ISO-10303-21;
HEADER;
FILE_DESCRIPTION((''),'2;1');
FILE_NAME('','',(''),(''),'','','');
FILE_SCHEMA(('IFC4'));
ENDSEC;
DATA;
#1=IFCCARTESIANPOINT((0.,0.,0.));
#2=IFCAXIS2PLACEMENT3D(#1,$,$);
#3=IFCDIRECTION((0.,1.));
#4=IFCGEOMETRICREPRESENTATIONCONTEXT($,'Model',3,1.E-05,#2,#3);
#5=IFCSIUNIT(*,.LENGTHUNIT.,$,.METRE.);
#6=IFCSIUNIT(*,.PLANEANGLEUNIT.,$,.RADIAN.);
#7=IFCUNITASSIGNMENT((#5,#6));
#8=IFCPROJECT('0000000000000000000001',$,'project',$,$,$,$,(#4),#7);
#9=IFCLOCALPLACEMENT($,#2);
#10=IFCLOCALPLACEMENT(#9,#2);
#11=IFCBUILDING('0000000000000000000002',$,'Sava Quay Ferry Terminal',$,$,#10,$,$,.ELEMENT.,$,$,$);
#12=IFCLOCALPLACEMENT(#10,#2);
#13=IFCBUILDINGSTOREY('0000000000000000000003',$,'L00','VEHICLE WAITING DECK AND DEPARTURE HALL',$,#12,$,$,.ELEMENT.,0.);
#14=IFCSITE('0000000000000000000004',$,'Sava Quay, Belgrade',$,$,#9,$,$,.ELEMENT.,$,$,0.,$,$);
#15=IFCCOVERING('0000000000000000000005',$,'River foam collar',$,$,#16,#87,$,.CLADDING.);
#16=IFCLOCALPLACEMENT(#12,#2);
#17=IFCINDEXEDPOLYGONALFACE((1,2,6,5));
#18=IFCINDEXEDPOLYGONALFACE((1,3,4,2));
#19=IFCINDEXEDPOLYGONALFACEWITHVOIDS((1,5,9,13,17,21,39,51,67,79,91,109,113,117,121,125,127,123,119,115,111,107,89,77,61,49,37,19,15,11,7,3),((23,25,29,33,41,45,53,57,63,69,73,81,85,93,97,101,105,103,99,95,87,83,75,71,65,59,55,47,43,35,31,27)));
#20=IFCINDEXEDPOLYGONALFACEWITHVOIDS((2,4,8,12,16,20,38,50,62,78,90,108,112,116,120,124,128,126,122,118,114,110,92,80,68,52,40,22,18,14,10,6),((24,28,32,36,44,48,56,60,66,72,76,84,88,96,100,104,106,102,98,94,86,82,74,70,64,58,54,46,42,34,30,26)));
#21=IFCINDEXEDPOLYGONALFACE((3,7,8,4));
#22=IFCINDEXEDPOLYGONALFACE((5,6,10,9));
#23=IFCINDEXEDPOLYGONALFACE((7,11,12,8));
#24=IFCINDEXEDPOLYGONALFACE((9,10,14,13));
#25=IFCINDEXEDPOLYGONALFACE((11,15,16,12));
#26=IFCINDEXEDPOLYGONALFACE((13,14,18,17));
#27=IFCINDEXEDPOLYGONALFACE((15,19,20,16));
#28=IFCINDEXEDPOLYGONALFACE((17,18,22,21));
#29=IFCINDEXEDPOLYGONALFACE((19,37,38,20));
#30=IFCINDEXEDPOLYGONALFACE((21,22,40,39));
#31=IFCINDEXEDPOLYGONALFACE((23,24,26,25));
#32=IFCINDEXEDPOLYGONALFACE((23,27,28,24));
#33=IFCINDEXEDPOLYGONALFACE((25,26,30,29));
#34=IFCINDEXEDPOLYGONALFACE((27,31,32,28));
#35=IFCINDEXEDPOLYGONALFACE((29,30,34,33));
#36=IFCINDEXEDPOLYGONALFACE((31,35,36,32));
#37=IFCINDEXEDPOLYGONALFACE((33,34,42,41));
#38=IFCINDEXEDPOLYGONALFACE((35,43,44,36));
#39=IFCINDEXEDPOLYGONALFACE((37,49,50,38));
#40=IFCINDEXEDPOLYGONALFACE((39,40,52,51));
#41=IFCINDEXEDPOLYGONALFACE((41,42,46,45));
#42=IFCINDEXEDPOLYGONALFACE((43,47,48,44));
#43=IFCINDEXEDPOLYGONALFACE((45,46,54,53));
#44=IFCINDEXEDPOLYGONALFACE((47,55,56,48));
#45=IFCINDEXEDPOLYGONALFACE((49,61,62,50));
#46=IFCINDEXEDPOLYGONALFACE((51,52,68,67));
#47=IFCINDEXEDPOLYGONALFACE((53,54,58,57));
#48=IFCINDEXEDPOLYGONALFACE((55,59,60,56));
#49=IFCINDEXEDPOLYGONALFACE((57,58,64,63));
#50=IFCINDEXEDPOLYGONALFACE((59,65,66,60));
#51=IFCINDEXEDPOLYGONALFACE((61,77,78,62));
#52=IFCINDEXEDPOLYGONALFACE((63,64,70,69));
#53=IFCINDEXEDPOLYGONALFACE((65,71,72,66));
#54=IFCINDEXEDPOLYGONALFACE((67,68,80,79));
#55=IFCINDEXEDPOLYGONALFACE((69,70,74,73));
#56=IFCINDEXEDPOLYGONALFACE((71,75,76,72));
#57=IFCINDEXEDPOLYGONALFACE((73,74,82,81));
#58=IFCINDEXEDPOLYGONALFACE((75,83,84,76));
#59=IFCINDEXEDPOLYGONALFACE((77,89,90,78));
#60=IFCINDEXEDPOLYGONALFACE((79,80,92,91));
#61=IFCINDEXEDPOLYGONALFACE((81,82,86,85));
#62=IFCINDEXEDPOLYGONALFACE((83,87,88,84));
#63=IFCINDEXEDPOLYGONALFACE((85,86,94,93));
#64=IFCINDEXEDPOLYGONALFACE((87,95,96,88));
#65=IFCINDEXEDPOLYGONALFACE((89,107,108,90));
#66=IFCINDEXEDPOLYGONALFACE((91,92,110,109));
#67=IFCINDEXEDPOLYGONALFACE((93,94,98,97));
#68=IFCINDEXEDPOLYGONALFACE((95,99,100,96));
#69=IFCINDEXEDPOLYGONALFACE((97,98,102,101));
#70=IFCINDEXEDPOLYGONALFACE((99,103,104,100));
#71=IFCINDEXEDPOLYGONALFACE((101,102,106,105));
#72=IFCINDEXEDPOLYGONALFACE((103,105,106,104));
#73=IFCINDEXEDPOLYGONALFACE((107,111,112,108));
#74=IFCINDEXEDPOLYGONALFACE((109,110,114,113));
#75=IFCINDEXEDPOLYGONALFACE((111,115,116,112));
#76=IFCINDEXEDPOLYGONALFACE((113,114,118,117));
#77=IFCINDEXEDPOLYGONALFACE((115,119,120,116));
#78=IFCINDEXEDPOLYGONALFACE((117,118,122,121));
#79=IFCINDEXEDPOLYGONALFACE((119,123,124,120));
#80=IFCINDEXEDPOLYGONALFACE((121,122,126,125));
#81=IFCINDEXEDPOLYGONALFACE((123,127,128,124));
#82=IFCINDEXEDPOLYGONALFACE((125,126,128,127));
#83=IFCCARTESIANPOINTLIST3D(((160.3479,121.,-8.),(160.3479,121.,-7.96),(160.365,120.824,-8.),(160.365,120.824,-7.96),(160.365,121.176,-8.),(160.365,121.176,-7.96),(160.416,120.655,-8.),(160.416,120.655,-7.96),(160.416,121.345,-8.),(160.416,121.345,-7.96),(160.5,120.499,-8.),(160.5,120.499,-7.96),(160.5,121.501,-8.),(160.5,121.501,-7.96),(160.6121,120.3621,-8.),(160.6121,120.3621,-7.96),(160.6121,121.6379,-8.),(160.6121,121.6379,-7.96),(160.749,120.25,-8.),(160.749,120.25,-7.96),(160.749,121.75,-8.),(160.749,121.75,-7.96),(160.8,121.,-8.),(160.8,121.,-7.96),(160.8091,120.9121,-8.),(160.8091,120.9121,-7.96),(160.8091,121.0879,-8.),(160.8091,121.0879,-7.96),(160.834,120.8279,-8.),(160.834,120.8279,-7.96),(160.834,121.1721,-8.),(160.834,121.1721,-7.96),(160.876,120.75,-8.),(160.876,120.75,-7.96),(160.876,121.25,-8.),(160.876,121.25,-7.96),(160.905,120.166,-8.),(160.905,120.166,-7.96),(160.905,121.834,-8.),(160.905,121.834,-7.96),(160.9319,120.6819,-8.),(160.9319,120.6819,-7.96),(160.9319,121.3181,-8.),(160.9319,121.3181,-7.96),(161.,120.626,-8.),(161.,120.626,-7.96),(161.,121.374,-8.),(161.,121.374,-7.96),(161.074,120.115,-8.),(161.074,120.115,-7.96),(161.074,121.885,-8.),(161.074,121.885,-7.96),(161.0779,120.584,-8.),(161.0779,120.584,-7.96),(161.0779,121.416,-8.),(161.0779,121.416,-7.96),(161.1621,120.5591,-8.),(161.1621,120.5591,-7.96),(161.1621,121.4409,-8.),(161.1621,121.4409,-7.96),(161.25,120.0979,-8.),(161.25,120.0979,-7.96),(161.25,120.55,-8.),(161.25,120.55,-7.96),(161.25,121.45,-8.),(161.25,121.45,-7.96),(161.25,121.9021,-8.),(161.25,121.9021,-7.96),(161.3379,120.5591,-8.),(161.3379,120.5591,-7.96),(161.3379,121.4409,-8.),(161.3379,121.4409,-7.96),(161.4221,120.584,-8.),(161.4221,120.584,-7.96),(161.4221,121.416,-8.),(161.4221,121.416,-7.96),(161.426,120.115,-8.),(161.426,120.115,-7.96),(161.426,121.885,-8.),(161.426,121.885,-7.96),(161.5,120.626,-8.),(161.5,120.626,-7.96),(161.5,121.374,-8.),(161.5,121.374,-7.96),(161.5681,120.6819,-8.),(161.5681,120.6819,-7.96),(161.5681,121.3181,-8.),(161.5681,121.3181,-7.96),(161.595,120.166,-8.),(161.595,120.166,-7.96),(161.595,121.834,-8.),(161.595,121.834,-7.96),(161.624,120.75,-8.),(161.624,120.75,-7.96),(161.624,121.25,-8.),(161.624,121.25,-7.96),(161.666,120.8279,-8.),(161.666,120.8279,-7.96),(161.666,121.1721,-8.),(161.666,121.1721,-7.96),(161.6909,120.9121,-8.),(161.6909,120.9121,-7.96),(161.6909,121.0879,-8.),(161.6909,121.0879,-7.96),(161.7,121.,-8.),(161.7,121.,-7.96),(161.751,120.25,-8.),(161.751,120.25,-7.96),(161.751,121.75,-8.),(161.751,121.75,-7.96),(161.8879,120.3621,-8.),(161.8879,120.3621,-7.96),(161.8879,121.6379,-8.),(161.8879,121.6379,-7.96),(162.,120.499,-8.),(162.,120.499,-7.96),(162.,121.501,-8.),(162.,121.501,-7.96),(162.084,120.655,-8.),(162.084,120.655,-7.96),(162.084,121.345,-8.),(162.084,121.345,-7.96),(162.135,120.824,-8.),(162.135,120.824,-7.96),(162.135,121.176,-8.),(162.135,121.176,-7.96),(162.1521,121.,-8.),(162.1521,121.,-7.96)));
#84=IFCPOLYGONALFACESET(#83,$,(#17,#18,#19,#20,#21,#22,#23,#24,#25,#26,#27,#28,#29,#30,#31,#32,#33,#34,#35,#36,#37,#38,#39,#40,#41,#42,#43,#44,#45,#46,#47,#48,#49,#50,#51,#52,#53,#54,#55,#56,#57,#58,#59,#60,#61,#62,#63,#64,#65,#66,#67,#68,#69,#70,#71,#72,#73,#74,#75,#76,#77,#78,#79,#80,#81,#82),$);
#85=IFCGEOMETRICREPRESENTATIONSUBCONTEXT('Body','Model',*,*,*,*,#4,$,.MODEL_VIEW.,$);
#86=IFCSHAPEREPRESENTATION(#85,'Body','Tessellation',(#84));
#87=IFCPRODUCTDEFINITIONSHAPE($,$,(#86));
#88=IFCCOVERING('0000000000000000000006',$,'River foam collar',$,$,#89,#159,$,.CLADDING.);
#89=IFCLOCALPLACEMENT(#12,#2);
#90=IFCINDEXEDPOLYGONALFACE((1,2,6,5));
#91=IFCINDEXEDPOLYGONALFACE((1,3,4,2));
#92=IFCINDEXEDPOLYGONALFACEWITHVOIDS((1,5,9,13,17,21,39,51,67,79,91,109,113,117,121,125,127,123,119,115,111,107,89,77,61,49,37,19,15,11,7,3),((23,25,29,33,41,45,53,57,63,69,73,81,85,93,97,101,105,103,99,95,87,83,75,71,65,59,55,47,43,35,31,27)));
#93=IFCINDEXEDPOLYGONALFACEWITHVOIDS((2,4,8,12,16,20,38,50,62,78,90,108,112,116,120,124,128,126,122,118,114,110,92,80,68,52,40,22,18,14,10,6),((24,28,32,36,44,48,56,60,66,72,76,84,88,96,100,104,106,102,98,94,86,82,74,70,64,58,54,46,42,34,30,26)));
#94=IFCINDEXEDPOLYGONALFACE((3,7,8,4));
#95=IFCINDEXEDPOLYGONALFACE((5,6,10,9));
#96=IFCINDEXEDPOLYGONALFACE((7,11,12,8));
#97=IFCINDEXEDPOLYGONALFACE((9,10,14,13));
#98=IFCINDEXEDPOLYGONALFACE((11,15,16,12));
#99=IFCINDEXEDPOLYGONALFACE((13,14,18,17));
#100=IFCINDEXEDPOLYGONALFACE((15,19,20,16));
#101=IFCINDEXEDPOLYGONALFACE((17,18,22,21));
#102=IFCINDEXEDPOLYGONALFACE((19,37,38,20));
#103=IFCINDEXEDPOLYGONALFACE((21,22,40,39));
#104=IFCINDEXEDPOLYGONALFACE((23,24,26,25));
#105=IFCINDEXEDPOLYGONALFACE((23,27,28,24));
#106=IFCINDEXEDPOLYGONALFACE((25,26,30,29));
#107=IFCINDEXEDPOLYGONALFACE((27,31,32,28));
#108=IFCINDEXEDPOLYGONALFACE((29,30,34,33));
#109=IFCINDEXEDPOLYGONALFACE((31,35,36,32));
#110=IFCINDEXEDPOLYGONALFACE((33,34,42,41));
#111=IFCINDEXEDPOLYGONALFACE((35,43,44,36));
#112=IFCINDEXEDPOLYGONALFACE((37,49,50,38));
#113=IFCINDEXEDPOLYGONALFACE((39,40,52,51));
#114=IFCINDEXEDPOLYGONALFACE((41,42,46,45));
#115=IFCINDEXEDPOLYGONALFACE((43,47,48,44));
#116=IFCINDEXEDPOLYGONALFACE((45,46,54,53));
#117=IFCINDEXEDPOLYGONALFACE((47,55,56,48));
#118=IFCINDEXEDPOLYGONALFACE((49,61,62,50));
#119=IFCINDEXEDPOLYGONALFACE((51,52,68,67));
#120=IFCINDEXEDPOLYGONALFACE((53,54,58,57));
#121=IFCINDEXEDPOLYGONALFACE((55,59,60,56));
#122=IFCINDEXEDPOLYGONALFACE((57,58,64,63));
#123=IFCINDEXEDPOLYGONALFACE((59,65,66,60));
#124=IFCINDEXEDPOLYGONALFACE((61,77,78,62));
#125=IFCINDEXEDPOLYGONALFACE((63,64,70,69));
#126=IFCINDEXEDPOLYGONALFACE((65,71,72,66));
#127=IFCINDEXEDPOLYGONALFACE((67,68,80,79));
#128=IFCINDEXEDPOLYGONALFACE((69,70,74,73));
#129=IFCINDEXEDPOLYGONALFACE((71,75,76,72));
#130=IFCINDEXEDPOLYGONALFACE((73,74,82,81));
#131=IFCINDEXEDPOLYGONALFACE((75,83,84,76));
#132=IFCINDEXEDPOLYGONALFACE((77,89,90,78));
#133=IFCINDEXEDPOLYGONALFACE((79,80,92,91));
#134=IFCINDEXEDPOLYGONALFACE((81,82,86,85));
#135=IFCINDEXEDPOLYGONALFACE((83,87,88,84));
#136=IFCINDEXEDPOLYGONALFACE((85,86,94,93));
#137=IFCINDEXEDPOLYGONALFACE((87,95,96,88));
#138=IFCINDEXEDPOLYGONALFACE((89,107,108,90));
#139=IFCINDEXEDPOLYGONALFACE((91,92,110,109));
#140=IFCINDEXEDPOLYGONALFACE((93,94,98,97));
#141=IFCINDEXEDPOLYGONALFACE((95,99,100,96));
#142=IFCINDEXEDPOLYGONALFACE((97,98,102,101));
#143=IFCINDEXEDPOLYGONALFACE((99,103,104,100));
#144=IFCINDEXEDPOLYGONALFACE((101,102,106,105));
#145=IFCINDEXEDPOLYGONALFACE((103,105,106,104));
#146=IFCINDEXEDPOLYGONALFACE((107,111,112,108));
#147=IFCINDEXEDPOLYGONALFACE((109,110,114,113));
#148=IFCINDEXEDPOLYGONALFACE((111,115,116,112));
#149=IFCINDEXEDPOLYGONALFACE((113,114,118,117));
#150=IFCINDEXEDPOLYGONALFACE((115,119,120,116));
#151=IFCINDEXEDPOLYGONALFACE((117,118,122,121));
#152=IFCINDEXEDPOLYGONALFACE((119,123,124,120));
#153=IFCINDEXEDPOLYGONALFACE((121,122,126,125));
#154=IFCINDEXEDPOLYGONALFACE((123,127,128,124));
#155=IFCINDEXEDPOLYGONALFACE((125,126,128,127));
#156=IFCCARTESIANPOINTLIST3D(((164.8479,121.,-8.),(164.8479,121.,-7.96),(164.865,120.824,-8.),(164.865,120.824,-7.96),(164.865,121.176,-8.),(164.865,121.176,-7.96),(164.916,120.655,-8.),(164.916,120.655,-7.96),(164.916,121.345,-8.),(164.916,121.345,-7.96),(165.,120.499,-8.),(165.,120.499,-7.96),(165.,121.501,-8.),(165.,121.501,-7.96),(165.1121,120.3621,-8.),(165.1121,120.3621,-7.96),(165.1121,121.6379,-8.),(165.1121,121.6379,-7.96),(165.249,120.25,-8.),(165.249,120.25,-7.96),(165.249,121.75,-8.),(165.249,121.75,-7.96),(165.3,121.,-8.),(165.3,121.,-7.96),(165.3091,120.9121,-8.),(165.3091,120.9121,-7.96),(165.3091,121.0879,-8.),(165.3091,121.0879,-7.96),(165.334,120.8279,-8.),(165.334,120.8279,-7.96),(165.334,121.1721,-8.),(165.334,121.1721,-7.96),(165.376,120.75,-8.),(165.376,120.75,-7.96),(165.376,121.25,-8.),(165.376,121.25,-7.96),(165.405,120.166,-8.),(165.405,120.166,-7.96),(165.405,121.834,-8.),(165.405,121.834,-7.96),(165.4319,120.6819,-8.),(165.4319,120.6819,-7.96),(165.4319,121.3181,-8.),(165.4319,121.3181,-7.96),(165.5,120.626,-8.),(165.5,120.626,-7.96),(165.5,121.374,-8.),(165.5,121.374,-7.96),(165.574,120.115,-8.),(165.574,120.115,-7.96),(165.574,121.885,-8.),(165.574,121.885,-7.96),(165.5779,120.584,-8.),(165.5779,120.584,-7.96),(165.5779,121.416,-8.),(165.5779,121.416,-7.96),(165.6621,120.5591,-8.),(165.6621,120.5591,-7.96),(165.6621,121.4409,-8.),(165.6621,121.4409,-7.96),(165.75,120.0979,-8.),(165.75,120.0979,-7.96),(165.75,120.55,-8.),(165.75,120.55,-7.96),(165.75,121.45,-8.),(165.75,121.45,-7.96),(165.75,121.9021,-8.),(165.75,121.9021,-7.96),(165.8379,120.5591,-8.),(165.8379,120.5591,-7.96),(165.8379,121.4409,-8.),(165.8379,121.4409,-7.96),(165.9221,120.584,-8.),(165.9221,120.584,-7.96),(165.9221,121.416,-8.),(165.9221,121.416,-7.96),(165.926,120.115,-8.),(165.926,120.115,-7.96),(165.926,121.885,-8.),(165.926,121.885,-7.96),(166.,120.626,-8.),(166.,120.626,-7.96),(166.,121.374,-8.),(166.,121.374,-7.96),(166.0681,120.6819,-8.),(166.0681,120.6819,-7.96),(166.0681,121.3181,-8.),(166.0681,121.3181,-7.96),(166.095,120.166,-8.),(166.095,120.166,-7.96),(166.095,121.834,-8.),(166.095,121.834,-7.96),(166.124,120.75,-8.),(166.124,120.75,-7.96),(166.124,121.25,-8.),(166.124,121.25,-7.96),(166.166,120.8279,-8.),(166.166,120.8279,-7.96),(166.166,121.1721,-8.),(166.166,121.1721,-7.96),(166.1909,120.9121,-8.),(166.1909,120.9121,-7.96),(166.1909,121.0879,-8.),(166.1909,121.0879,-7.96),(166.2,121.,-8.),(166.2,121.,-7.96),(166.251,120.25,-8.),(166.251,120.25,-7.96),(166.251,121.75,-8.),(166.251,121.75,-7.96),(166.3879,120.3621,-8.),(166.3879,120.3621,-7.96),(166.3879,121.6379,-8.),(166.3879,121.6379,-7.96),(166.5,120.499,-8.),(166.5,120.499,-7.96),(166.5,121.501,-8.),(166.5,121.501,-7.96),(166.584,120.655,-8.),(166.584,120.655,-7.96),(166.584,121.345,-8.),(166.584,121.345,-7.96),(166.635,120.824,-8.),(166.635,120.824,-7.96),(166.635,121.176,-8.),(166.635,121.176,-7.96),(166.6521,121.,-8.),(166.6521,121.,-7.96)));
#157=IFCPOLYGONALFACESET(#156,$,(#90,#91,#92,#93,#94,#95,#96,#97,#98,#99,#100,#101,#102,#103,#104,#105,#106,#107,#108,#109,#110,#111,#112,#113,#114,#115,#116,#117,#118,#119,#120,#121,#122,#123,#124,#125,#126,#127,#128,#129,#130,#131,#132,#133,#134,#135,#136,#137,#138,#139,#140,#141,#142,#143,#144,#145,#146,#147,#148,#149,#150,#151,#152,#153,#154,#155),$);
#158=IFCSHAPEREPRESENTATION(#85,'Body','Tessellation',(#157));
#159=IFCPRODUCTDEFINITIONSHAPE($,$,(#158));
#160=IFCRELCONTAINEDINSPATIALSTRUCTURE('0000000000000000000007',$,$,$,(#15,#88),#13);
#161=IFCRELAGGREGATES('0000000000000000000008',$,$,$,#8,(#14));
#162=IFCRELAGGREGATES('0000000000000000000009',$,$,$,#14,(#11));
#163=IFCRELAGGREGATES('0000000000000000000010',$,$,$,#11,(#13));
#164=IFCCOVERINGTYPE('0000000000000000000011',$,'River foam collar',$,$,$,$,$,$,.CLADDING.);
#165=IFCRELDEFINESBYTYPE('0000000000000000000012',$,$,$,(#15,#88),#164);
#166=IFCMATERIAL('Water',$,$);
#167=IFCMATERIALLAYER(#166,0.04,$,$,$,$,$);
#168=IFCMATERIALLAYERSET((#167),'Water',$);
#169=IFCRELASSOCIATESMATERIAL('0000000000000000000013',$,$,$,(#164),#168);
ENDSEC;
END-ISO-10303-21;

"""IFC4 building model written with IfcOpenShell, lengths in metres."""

from ifc_helpers import new_model, si_unit, direction, frame, origin, place, context, subcontext, project, spatial, polyline, outline, extrude, material, layer, layer_set, type_object, element, save


model = new_model("IFC4")

# Units and contexts
model_context = context("Model", 3, precision=1e-05, world=origin(), true_north=direction((0.0, 1.0)))
body_context = subcontext(model_context, "Body", "Model", "MODEL_VIEW")
ifc_project = project(units=[si_unit("LENGTHUNIT", "METRE"), si_unit("PLANEANGLEUNIT", "RADIAN")], contexts=[model_context])

# Site, building, storey
site_placement = place(None, origin())
site = spatial("IfcSite", under=ifc_project, at=site_placement, Name="Sava Quay, Belgrade", CompositionType="ELEMENT", RefElevation=0.0)
building_placement = place(site_placement, origin())
building = spatial("IfcBuilding", under=site, at=building_placement, Name="Sava Quay Ferry Terminal", CompositionType="ELEMENT")
storey_placement = place(building_placement, origin())
storey = spatial("IfcBuildingStorey", under=building, at=storey_placement, Name="L00", Description="VEHICLE WAITING DECK AND DEPARTURE HALL", CompositionType="ELEMENT", Elevation=0.0)

# Coverings
ifc_material = material(Name="Water")
ifc_layer = layer(ifc_material, 0.04)
ifc_layer_set = layer_set([ifc_layer], Name="Water")
covering_type = type_object("IfcCoveringType", Name="River foam collar", PredefinedType="CLADDING", material=ifc_layer_set)
covering_1_placement = place(storey_placement, frame((0.0, 0.0, -8.0)))
element("IfcCovering", 1, at=covering_1_placement, inside=storey, type_object=covering_type, Name="River foam collar", PredefinedType="CLADDING", context=body_context, shape_type="SweptSolid", body=[
    extrude(outline(polyline([(160.365, 121.176), (160.3479, 121.0), (160.365, 120.824), (160.416, 120.655), (160.5, 120.499), (160.6121, 120.3621), (160.749, 120.25), (160.905, 120.166), (161.074, 120.115), (161.25, 120.0979), (161.426, 120.115), (161.595, 120.166), (161.751, 120.25), (161.8879, 120.3621), (162.0, 120.499), (162.084, 120.655), (162.135, 120.824), (162.1521, 121.0), (162.135, 121.176), (162.084, 121.345), (162.0, 121.501), (161.8879, 121.6379), (161.751, 121.75), (161.595, 121.834), (161.426, 121.885), (161.25, 121.9021), (161.074, 121.885), (160.905, 121.834), (160.749, 121.75), (160.6121, 121.6379), (160.5, 121.501), (160.416, 121.345), (160.365, 121.176)]), holes=[polyline([(160.8091, 120.9121), (160.8, 121.0), (160.8091, 121.0879), (160.834, 121.1721), (160.876, 121.25), (160.9319, 121.3181), (161.0, 121.374), (161.0779, 121.416), (161.1621, 121.4409), (161.25, 121.45), (161.3379, 121.4409), (161.4221, 121.416), (161.5, 121.374), (161.5681, 121.3181), (161.624, 121.25), (161.666, 121.1721), (161.6909, 121.0879), (161.7, 121.0), (161.6909, 120.9121), (161.666, 120.8279), (161.624, 120.75), (161.5681, 120.6819), (161.5, 120.626), (161.4221, 120.584), (161.3379, 120.5591), (161.25, 120.55), (161.1621, 120.5591), (161.0779, 120.584), (161.0, 120.626), (160.9319, 120.6819), (160.876, 120.75), (160.834, 120.8279), (160.8091, 120.9121)])]), origin(), (0.0, 0.0, 1.0), 0.04),
])
covering_2_placement = place(storey_placement, frame((0.0, 0.0, -8.0)))
element("IfcCovering", 2, at=covering_2_placement, inside=storey, type_object=covering_type, Name="River foam collar", PredefinedType="CLADDING", context=body_context, shape_type="SweptSolid", body=[
    extrude(outline(polyline([(164.916, 121.345), (164.865, 121.176), (164.8479, 121.0), (164.865, 120.824), (164.916, 120.655), (165.0, 120.499), (165.1121, 120.3621), (165.249, 120.25), (165.405, 120.166), (165.574, 120.115), (165.75, 120.0979), (165.926, 120.115), (166.095, 120.166), (166.251, 120.25), (166.3879, 120.3621), (166.5, 120.499), (166.584, 120.655), (166.635, 120.824), (166.6521, 121.0), (166.635, 121.176), (166.584, 121.345), (166.5, 121.501), (166.3879, 121.6379), (166.251, 121.75), (166.095, 121.834), (165.926, 121.885), (165.75, 121.9021), (165.574, 121.885), (165.405, 121.834), (165.249, 121.75), (165.1121, 121.6379), (165.0, 121.501), (164.916, 121.345)]), holes=[polyline([(165.334, 120.8279), (165.3091, 120.9121), (165.3, 121.0), (165.3091, 121.0879), (165.334, 121.1721), (165.376, 121.25), (165.4319, 121.3181), (165.5, 121.374), (165.5779, 121.416), (165.6621, 121.4409), (165.75, 121.45), (165.8379, 121.4409), (165.9221, 121.416), (166.0, 121.374), (166.0681, 121.3181), (166.124, 121.25), (166.166, 121.1721), (166.1909, 121.0879), (166.2, 121.0), (166.1909, 120.9121), (166.166, 120.8279), (166.124, 120.75), (166.0681, 120.6819), (166.0, 120.626), (165.9221, 120.584), (165.8379, 120.5591), (165.75, 120.55), (165.6621, 120.5591), (165.5779, 120.584), (165.5, 120.626), (165.4319, 120.6819), (165.376, 120.75), (165.334, 120.8279)])]), origin(), (0.0, 0.0, 1.0), 0.04),
])

save(model, "model.ifc")
